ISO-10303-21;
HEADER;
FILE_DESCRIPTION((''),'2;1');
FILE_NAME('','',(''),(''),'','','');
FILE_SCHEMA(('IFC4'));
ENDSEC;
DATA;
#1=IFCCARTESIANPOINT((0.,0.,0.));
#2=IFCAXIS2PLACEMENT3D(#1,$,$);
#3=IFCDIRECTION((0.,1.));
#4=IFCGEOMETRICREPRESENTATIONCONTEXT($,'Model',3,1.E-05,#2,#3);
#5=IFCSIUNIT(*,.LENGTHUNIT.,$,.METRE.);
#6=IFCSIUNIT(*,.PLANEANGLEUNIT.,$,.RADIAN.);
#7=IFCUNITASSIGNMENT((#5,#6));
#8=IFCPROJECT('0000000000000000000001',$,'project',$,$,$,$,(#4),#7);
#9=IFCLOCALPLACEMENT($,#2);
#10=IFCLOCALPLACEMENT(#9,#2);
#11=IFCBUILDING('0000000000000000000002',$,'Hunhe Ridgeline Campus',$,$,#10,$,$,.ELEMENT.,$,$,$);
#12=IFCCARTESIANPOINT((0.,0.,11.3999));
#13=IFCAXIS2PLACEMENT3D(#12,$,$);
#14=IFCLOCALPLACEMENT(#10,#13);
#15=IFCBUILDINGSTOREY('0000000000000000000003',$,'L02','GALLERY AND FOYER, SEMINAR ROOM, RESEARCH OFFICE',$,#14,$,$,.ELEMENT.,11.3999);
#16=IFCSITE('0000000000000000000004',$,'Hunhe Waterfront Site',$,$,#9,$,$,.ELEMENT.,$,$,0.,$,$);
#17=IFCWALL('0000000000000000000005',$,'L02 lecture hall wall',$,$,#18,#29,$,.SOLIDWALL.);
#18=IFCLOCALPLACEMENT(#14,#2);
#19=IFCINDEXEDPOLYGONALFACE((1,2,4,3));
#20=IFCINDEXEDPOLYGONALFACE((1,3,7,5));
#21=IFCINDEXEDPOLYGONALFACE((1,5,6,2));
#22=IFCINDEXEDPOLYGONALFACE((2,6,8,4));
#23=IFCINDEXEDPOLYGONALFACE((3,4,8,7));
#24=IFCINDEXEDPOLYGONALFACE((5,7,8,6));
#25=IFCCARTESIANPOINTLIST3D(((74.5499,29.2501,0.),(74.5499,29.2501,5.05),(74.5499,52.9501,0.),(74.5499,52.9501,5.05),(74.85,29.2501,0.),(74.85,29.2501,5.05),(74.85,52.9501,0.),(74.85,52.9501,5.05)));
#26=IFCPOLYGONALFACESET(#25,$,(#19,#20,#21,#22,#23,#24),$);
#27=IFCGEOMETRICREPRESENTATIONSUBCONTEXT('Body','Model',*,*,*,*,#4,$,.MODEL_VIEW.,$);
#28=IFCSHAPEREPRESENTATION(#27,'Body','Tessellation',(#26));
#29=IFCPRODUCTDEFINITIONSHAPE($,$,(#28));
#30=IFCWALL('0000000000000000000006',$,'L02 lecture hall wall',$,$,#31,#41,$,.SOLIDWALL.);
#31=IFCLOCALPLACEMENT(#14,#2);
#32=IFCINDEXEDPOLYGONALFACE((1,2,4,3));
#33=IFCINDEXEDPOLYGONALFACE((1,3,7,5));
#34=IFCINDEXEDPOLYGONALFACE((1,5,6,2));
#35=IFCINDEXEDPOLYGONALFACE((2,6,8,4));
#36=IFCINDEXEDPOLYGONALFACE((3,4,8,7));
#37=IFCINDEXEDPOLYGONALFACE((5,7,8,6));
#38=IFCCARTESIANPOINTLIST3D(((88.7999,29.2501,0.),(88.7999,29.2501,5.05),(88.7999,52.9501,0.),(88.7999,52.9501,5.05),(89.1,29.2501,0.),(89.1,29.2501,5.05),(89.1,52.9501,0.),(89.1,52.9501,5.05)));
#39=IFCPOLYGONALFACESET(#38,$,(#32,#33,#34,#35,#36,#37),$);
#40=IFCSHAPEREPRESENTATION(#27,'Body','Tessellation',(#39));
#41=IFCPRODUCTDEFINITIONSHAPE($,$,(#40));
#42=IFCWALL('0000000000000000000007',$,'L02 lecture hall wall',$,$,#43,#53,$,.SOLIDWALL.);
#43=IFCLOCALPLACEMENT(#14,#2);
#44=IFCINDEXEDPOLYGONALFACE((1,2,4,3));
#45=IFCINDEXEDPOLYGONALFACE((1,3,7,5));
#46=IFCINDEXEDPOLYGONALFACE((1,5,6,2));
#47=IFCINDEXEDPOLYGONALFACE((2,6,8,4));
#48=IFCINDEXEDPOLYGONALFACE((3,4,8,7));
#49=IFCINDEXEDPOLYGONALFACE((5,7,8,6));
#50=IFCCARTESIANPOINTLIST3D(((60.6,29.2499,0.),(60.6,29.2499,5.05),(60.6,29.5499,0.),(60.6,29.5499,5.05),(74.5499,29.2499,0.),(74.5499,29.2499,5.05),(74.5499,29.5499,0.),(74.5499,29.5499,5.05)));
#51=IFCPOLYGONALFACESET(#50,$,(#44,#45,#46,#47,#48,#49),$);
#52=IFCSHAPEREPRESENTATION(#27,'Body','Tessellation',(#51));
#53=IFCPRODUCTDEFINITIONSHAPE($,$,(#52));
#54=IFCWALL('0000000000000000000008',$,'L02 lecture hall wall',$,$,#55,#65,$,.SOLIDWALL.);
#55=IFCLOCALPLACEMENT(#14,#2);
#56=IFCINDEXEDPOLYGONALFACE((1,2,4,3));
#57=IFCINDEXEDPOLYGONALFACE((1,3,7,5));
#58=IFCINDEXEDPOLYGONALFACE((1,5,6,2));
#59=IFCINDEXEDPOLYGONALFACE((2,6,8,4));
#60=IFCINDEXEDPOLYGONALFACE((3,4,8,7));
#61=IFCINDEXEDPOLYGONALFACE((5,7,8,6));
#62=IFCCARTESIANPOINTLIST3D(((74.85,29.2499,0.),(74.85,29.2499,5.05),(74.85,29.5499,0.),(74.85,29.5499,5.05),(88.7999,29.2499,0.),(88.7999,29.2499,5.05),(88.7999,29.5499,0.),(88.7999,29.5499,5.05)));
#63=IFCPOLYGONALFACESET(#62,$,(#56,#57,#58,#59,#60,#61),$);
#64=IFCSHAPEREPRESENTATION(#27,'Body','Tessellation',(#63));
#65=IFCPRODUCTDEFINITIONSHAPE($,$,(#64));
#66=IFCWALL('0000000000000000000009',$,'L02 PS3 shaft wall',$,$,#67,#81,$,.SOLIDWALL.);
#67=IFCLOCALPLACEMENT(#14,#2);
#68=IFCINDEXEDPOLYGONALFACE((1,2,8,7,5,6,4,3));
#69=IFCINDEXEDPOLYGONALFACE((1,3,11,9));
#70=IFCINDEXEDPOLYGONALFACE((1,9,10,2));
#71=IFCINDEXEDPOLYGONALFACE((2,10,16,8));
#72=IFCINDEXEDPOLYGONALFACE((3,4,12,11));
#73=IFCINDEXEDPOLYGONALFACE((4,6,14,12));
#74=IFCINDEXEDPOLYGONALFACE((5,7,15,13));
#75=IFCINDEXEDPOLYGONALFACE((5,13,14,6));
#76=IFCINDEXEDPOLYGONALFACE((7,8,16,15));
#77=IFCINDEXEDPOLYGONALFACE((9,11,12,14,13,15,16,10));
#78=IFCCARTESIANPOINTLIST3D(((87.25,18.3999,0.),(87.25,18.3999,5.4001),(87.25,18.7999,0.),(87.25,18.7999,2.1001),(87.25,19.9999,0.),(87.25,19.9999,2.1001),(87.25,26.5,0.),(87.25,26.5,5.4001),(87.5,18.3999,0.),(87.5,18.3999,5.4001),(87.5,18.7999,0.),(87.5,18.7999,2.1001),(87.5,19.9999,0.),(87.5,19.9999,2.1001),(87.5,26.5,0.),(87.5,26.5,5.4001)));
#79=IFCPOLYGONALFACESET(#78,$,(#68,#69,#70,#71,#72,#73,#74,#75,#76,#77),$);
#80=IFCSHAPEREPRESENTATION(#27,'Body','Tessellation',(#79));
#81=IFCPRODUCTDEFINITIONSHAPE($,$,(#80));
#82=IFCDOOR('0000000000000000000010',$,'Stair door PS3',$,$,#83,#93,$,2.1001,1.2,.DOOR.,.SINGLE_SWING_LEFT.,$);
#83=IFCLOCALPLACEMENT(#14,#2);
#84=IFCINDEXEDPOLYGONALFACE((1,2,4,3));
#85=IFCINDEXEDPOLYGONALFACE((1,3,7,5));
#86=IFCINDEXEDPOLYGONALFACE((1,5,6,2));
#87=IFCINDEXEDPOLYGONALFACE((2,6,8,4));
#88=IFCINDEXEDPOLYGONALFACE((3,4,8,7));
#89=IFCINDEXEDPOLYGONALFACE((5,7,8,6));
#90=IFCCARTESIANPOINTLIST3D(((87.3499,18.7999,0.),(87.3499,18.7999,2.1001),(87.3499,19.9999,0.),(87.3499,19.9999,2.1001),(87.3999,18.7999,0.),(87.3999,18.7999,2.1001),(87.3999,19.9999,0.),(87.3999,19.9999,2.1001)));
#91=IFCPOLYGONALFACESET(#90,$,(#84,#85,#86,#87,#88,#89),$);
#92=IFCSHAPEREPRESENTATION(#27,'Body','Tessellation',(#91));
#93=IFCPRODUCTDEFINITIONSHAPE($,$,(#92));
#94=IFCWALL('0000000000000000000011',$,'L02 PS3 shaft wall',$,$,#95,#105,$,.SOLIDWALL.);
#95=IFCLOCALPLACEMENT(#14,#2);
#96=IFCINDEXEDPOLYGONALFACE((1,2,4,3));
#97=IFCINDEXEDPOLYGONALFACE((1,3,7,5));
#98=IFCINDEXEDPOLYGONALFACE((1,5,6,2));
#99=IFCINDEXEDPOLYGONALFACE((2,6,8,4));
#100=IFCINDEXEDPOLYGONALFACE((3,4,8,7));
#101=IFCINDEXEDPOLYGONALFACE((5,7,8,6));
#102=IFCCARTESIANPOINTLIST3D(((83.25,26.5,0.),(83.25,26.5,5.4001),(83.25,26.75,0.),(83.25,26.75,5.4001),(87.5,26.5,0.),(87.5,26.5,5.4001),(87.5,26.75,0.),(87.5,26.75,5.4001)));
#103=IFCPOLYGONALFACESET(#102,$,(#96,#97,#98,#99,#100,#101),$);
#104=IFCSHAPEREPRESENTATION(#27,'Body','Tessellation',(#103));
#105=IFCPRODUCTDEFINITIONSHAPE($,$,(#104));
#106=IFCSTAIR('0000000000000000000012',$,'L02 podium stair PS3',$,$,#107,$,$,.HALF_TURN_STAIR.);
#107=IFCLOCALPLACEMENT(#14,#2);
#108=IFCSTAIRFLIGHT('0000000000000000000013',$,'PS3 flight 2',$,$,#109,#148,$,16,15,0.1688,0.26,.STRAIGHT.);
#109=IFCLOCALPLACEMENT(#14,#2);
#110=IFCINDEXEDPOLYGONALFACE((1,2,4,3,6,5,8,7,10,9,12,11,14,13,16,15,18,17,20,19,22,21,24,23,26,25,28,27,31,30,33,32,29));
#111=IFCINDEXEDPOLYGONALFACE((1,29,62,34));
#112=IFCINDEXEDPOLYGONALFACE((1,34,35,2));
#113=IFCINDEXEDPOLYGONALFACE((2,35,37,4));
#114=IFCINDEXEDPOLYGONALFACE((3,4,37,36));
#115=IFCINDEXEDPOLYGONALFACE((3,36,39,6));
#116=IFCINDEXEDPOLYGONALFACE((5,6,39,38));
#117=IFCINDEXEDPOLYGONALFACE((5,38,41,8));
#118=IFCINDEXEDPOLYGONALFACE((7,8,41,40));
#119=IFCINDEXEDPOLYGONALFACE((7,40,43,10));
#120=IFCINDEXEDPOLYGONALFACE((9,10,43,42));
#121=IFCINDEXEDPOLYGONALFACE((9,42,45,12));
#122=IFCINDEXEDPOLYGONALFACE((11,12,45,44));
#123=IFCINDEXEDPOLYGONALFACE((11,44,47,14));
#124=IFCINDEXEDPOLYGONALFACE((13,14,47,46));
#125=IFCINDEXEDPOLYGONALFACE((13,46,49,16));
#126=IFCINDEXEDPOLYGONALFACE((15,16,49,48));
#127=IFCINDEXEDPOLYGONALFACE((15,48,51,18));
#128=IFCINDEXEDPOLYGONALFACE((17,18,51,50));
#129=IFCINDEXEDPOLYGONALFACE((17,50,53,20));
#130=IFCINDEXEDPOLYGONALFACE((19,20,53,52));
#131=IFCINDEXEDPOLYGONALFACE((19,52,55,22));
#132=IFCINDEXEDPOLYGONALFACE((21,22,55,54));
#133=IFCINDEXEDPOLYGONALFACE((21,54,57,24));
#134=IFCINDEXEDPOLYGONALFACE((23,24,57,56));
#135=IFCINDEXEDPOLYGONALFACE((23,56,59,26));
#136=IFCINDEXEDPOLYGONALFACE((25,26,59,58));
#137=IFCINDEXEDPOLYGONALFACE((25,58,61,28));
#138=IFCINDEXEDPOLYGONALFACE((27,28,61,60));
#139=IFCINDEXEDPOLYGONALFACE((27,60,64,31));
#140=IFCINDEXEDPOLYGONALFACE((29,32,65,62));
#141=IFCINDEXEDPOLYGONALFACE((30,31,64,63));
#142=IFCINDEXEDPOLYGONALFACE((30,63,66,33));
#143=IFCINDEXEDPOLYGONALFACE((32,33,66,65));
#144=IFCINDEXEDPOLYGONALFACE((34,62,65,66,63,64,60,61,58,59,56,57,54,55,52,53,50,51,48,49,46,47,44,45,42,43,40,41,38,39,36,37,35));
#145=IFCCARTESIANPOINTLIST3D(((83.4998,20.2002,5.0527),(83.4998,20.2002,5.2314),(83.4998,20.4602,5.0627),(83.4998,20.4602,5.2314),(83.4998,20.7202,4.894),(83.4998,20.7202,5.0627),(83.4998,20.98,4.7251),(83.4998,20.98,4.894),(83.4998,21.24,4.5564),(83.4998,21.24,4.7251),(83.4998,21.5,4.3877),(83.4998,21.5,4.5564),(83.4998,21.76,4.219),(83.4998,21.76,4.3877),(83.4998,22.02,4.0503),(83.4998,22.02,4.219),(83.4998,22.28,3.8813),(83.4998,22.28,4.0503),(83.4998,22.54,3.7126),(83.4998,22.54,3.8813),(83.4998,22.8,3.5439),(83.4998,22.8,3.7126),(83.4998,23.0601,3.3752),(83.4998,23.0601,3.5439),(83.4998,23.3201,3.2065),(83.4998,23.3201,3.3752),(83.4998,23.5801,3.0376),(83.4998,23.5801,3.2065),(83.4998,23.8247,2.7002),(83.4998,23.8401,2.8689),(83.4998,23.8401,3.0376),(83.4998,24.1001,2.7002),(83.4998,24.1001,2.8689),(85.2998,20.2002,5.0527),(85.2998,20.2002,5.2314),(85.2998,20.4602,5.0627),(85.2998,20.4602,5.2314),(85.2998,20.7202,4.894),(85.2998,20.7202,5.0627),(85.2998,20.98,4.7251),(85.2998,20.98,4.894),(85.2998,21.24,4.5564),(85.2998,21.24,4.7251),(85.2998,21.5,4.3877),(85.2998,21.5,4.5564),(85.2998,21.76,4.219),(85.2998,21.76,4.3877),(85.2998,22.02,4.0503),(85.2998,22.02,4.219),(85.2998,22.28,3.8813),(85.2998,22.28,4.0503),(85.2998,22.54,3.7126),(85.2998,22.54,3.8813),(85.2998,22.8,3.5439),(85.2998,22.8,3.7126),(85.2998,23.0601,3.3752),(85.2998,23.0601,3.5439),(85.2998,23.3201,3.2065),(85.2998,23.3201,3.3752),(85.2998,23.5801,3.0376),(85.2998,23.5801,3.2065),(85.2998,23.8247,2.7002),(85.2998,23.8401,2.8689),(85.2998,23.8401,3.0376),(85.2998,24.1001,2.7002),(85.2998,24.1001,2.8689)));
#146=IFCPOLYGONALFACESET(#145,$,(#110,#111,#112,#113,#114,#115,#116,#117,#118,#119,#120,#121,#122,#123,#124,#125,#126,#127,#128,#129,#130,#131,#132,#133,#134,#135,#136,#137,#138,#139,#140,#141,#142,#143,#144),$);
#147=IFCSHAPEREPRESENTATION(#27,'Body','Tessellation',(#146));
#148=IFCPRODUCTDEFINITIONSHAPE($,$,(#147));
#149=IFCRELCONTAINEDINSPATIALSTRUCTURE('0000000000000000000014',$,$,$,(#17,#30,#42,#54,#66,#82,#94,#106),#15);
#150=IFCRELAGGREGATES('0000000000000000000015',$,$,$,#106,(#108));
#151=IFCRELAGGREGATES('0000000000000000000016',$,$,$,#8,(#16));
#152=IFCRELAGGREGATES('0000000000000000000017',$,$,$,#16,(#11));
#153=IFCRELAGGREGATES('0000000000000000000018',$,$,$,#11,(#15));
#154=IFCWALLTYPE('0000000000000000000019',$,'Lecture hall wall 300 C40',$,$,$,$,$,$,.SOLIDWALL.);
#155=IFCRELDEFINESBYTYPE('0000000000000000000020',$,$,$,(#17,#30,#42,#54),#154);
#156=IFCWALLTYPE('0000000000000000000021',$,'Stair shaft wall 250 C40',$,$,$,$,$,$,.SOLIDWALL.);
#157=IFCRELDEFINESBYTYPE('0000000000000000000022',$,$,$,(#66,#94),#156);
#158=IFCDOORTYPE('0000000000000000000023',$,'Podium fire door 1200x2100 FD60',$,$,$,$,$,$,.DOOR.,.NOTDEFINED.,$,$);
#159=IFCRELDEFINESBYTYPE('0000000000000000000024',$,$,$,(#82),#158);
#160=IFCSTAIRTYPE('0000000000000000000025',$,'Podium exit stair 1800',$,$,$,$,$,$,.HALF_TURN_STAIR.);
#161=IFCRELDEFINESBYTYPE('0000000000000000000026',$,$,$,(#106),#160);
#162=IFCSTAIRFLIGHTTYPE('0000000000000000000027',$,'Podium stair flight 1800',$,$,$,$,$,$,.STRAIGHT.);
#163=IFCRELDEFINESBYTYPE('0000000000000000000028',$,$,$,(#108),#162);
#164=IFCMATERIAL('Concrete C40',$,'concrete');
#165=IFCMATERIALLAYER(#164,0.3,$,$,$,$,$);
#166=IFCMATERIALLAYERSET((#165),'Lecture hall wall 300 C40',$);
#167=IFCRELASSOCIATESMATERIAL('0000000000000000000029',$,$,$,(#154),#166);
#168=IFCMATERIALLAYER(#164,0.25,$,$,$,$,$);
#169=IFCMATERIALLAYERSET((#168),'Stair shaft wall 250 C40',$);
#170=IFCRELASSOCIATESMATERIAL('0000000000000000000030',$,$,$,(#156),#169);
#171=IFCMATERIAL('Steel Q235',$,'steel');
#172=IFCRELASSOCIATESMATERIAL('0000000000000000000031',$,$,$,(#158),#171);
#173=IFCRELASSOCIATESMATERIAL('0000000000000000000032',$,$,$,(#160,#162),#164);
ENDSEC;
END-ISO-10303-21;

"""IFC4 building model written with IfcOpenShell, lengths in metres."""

from ifc_helpers import new_model, si_unit, direction, frame, frame_2d, origin, place, context, subcontext, project, spatial, polyline, rectangle, outline, extrude, material, layer, layer_set, type_object, element, fill, aggregate, save


model = new_model("IFC4")

# Units and contexts
model_context = context("Model", 3, precision=1e-05, world=origin(), true_north=direction((0.0, 1.0)))
body_context = subcontext(model_context, "Body", "Model", "MODEL_VIEW")
ifc_project = project(units=[si_unit("LENGTHUNIT", "METRE"), si_unit("PLANEANGLEUNIT", "RADIAN")], contexts=[model_context])

# Site, building, storey
site_placement = place(None, origin())
site = spatial("IfcSite", under=ifc_project, at=site_placement, Name="Hunhe Waterfront Site", CompositionType="ELEMENT", RefElevation=0.0)
building_placement = place(site_placement, origin())
building = spatial("IfcBuilding", under=site, at=building_placement, Name="Hunhe Ridgeline Campus", CompositionType="ELEMENT")
storey_placement = place(building_placement, frame((0.0, 0.0, 11.3999)))
storey = spatial("IfcBuildingStorey", under=building, at=storey_placement, Name="L02", Description="GALLERY AND FOYER, SEMINAR ROOM, RESEARCH OFFICE", CompositionType="ELEMENT", Elevation=11.3999)

# Walls
ifc_material_1 = material(Name="Concrete C40", Category="concrete")
ifc_layer_1 = layer(ifc_material_1, 0.3)
ifc_layer_set_1 = layer_set([ifc_layer_1], Name="Lecture hall wall 300 C40")
wall_type_1 = type_object("IfcWallType", Name="Lecture hall wall 300 C40", PredefinedType="SOLIDWALL", material=ifc_layer_set_1)
for number, where, z_axis, x_axis, name in (
    (1, (74.7, 29.25, 0.0), (0.0, 0.0, 1.0), (0.0, 1.0, 0.0), "L02 lecture hall wall"),
    (2, (88.95, 29.25, 0.0), (0.0, 0.0, 1.0), (0.0, 1.0, 0.0), "L02 lecture hall wall"),
):
    element("IfcWall", number, at=place(storey_placement, frame(where, z_axis=z_axis, x_axis=x_axis)), inside=storey, type_object=wall_type_1, Name=name, PredefinedType="SOLIDWALL", context=body_context, shape_type="SweptSolid", body=[
        extrude(rectangle(XDim=23.7, YDim=0.3, at=frame_2d((11.8501, 0.0))), origin(), (0.0, 0.0, 1.0), 5.05),
    ])
for number, where, z_axis, x_axis, name in (
    (3, (74.55, 29.3999, 0.0), (0.0, 0.0, 1.0), (-1.0, 0.0, 0.0), "L02 lecture hall wall"),
    (4, (88.8, 29.3999, 0.0), (0.0, 0.0, 1.0), (-1.0, 0.0, 0.0), "L02 lecture hall wall"),
):
    element("IfcWall", number, at=place(storey_placement, frame(where, z_axis=z_axis, x_axis=x_axis)), inside=storey, type_object=wall_type_1, Name=name, PredefinedType="SOLIDWALL", context=body_context, shape_type="SweptSolid", body=[
        extrude(rectangle(XDim=13.95, YDim=0.3, at=frame_2d((6.9751, 0.0))), origin(), (0.0, 0.0, 1.0), 5.05),
    ])

# Wall, opening, door
ifc_layer_2 = layer(ifc_material_1, 0.25)
ifc_layer_set_2 = layer_set([ifc_layer_2], Name="Stair shaft wall 250 C40")
wall_type_2 = type_object("IfcWallType", Name="Stair shaft wall 250 C40", PredefinedType="SOLIDWALL", material=ifc_layer_set_2)
wall_1_placement = place(storey_placement, frame((87.375, 26.5, 0.0), z_axis=(0.0, 0.0, 1.0), x_axis=(0.0, -1.0, 0.0)))
wall_1 = element("IfcWall", 5, at=wall_1_placement, inside=storey, type_object=wall_type_2, Name="L02 PS3 shaft wall", PredefinedType="SOLIDWALL", context=body_context, shape_type="SweptSolid", body=[
    extrude(rectangle(XDim=8.1001, YDim=0.25, at=frame_2d((4.05, 0.0))), origin(), (0.0, 0.0, 1.0), 5.4001),
])
opening_1_placement = place(wall_1_placement, frame((6.5, 0.0, 0.0)))
opening_1 = element("IfcOpeningElement", 6, at=opening_1_placement, cuts=wall_1, PredefinedType="OPENING", context=body_context, shape_type="SweptSolid", body=[
    extrude(rectangle(XDim=1.2, YDim=2.1001, at=frame_2d((0.6001, 1.05))), frame((0.0, 0.125, 0.0), z_axis=(0.0, -1.0, 0.0), x_axis=(1.0, 0.0, 0.0)), (0.0, 0.0, 1.0), 0.25),
])
ifc_material_2 = material(Name="Steel Q235", Category="steel")
door_type_1 = type_object("IfcDoorType", Name="Podium fire door 1200x2100 FD60", OperationType="NOTDEFINED", PredefinedType="DOOR", material=ifc_material_2)
door_1_placement = place(opening_1_placement, origin())
door_1 = element("IfcDoor", 7, at=door_1_placement, inside=storey, type_object=door_type_1, Name="Stair door PS3", OperationType="SINGLE_SWING_LEFT", OverallHeight=2.1001, OverallWidth=1.2, PredefinedType="DOOR", context=body_context, shape_type="SweptSolid", body=[
    extrude(rectangle(XDim=1.2, YDim=2.1001, at=frame_2d((0.6001, 1.05))), frame((0.0, 0.0249, 0.0), z_axis=(0.0, -1.0, 0.0), x_axis=(1.0, 0.0, 0.0)), (0.0, 0.0, 1.0), 0.05),
])
fill(opening_1, door_1)

# Wall
wall_2_placement = place(storey_placement, frame((83.25, 26.625, 0.0), z_axis=(0.0, 0.0, 1.0), x_axis=(1.0, 0.0, 0.0)))
element("IfcWall", 8, at=wall_2_placement, inside=storey, type_object=wall_type_2, Name="L02 PS3 shaft wall", PredefinedType="SOLIDWALL", context=body_context, shape_type="SweptSolid", body=[
    extrude(rectangle(XDim=4.25, YDim=0.25, at=frame_2d((2.125, 0.0))), origin(), (0.0, 0.0, 1.0), 5.4001),
])

# Stair, stair flight
stair_type = type_object("IfcStairType", Name="Podium exit stair 1800", PredefinedType="HALF_TURN_STAIR", material=ifc_material_1)
stair_placement = place(storey_placement, origin())
stair = element("IfcStair", 9, at=stair_placement, inside=storey, type_object=stair_type, Name="L02 podium stair PS3", PredefinedType="HALF_TURN_STAIR")
stair_flight_type = type_object("IfcStairFlightType", Name="Podium stair flight 1800", PredefinedType="STRAIGHT", material=ifc_material_1)
stair_flight_placement = place(storey_placement, frame((84.3999, 24.1001, 2.7002), z_axis=(0.0, 0.0, 1.0), x_axis=(0.0, -1.0, 0.0)))
stair_flight = element("IfcStairFlight", 10, at=stair_flight_placement, type_object=stair_flight_type, Name="PS3 flight 2", NumberOfRisers=16, NumberOfTreads=15, PredefinedType="STRAIGHT", RiserHeight=0.1688, TreadLength=0.26, context=body_context, shape_type="SweptSolid", body=[
    extrude(outline(polyline([(0.0, 0.0), (0.0, 0.1687), (0.26, 0.1687), (0.26, 0.3374), (0.52, 0.3374), (0.52, 0.5063), (0.78, 0.5063), (0.78, 0.675), (1.04, 0.675), (1.04, 0.8438), (1.3, 0.8438), (1.3, 1.0125), (1.5601, 1.0125), (1.5601, 1.1812), (1.8201, 1.1812), (1.8201, 1.3501), (2.0801, 1.3501), (2.0801, 1.5188), (2.3401, 1.5188), (2.3401, 1.6875), (2.6001, 1.6875), (2.6001, 1.8562), (2.8601, 1.8562), (2.8601, 2.0249), (3.1201, 2.0249), (3.1201, 2.1938), (3.3799, 2.1938), (3.3799, 2.3625), (3.6399, 2.3625), (3.6399, 2.5312), (3.8999, 2.5312), (3.8999, 2.7), (3.8999, 2.3525), (0.2754, 0.0), (0.0, 0.0)])), frame((0.0, 0.8999, 0.0), z_axis=(0.0, -1.0, 0.0), x_axis=(1.0, 0.0, 0.0)), (0.0, 0.0, 1.0), 1.8),
])
aggregate(stair, [stair_flight])

save(model, "model.ifc")
